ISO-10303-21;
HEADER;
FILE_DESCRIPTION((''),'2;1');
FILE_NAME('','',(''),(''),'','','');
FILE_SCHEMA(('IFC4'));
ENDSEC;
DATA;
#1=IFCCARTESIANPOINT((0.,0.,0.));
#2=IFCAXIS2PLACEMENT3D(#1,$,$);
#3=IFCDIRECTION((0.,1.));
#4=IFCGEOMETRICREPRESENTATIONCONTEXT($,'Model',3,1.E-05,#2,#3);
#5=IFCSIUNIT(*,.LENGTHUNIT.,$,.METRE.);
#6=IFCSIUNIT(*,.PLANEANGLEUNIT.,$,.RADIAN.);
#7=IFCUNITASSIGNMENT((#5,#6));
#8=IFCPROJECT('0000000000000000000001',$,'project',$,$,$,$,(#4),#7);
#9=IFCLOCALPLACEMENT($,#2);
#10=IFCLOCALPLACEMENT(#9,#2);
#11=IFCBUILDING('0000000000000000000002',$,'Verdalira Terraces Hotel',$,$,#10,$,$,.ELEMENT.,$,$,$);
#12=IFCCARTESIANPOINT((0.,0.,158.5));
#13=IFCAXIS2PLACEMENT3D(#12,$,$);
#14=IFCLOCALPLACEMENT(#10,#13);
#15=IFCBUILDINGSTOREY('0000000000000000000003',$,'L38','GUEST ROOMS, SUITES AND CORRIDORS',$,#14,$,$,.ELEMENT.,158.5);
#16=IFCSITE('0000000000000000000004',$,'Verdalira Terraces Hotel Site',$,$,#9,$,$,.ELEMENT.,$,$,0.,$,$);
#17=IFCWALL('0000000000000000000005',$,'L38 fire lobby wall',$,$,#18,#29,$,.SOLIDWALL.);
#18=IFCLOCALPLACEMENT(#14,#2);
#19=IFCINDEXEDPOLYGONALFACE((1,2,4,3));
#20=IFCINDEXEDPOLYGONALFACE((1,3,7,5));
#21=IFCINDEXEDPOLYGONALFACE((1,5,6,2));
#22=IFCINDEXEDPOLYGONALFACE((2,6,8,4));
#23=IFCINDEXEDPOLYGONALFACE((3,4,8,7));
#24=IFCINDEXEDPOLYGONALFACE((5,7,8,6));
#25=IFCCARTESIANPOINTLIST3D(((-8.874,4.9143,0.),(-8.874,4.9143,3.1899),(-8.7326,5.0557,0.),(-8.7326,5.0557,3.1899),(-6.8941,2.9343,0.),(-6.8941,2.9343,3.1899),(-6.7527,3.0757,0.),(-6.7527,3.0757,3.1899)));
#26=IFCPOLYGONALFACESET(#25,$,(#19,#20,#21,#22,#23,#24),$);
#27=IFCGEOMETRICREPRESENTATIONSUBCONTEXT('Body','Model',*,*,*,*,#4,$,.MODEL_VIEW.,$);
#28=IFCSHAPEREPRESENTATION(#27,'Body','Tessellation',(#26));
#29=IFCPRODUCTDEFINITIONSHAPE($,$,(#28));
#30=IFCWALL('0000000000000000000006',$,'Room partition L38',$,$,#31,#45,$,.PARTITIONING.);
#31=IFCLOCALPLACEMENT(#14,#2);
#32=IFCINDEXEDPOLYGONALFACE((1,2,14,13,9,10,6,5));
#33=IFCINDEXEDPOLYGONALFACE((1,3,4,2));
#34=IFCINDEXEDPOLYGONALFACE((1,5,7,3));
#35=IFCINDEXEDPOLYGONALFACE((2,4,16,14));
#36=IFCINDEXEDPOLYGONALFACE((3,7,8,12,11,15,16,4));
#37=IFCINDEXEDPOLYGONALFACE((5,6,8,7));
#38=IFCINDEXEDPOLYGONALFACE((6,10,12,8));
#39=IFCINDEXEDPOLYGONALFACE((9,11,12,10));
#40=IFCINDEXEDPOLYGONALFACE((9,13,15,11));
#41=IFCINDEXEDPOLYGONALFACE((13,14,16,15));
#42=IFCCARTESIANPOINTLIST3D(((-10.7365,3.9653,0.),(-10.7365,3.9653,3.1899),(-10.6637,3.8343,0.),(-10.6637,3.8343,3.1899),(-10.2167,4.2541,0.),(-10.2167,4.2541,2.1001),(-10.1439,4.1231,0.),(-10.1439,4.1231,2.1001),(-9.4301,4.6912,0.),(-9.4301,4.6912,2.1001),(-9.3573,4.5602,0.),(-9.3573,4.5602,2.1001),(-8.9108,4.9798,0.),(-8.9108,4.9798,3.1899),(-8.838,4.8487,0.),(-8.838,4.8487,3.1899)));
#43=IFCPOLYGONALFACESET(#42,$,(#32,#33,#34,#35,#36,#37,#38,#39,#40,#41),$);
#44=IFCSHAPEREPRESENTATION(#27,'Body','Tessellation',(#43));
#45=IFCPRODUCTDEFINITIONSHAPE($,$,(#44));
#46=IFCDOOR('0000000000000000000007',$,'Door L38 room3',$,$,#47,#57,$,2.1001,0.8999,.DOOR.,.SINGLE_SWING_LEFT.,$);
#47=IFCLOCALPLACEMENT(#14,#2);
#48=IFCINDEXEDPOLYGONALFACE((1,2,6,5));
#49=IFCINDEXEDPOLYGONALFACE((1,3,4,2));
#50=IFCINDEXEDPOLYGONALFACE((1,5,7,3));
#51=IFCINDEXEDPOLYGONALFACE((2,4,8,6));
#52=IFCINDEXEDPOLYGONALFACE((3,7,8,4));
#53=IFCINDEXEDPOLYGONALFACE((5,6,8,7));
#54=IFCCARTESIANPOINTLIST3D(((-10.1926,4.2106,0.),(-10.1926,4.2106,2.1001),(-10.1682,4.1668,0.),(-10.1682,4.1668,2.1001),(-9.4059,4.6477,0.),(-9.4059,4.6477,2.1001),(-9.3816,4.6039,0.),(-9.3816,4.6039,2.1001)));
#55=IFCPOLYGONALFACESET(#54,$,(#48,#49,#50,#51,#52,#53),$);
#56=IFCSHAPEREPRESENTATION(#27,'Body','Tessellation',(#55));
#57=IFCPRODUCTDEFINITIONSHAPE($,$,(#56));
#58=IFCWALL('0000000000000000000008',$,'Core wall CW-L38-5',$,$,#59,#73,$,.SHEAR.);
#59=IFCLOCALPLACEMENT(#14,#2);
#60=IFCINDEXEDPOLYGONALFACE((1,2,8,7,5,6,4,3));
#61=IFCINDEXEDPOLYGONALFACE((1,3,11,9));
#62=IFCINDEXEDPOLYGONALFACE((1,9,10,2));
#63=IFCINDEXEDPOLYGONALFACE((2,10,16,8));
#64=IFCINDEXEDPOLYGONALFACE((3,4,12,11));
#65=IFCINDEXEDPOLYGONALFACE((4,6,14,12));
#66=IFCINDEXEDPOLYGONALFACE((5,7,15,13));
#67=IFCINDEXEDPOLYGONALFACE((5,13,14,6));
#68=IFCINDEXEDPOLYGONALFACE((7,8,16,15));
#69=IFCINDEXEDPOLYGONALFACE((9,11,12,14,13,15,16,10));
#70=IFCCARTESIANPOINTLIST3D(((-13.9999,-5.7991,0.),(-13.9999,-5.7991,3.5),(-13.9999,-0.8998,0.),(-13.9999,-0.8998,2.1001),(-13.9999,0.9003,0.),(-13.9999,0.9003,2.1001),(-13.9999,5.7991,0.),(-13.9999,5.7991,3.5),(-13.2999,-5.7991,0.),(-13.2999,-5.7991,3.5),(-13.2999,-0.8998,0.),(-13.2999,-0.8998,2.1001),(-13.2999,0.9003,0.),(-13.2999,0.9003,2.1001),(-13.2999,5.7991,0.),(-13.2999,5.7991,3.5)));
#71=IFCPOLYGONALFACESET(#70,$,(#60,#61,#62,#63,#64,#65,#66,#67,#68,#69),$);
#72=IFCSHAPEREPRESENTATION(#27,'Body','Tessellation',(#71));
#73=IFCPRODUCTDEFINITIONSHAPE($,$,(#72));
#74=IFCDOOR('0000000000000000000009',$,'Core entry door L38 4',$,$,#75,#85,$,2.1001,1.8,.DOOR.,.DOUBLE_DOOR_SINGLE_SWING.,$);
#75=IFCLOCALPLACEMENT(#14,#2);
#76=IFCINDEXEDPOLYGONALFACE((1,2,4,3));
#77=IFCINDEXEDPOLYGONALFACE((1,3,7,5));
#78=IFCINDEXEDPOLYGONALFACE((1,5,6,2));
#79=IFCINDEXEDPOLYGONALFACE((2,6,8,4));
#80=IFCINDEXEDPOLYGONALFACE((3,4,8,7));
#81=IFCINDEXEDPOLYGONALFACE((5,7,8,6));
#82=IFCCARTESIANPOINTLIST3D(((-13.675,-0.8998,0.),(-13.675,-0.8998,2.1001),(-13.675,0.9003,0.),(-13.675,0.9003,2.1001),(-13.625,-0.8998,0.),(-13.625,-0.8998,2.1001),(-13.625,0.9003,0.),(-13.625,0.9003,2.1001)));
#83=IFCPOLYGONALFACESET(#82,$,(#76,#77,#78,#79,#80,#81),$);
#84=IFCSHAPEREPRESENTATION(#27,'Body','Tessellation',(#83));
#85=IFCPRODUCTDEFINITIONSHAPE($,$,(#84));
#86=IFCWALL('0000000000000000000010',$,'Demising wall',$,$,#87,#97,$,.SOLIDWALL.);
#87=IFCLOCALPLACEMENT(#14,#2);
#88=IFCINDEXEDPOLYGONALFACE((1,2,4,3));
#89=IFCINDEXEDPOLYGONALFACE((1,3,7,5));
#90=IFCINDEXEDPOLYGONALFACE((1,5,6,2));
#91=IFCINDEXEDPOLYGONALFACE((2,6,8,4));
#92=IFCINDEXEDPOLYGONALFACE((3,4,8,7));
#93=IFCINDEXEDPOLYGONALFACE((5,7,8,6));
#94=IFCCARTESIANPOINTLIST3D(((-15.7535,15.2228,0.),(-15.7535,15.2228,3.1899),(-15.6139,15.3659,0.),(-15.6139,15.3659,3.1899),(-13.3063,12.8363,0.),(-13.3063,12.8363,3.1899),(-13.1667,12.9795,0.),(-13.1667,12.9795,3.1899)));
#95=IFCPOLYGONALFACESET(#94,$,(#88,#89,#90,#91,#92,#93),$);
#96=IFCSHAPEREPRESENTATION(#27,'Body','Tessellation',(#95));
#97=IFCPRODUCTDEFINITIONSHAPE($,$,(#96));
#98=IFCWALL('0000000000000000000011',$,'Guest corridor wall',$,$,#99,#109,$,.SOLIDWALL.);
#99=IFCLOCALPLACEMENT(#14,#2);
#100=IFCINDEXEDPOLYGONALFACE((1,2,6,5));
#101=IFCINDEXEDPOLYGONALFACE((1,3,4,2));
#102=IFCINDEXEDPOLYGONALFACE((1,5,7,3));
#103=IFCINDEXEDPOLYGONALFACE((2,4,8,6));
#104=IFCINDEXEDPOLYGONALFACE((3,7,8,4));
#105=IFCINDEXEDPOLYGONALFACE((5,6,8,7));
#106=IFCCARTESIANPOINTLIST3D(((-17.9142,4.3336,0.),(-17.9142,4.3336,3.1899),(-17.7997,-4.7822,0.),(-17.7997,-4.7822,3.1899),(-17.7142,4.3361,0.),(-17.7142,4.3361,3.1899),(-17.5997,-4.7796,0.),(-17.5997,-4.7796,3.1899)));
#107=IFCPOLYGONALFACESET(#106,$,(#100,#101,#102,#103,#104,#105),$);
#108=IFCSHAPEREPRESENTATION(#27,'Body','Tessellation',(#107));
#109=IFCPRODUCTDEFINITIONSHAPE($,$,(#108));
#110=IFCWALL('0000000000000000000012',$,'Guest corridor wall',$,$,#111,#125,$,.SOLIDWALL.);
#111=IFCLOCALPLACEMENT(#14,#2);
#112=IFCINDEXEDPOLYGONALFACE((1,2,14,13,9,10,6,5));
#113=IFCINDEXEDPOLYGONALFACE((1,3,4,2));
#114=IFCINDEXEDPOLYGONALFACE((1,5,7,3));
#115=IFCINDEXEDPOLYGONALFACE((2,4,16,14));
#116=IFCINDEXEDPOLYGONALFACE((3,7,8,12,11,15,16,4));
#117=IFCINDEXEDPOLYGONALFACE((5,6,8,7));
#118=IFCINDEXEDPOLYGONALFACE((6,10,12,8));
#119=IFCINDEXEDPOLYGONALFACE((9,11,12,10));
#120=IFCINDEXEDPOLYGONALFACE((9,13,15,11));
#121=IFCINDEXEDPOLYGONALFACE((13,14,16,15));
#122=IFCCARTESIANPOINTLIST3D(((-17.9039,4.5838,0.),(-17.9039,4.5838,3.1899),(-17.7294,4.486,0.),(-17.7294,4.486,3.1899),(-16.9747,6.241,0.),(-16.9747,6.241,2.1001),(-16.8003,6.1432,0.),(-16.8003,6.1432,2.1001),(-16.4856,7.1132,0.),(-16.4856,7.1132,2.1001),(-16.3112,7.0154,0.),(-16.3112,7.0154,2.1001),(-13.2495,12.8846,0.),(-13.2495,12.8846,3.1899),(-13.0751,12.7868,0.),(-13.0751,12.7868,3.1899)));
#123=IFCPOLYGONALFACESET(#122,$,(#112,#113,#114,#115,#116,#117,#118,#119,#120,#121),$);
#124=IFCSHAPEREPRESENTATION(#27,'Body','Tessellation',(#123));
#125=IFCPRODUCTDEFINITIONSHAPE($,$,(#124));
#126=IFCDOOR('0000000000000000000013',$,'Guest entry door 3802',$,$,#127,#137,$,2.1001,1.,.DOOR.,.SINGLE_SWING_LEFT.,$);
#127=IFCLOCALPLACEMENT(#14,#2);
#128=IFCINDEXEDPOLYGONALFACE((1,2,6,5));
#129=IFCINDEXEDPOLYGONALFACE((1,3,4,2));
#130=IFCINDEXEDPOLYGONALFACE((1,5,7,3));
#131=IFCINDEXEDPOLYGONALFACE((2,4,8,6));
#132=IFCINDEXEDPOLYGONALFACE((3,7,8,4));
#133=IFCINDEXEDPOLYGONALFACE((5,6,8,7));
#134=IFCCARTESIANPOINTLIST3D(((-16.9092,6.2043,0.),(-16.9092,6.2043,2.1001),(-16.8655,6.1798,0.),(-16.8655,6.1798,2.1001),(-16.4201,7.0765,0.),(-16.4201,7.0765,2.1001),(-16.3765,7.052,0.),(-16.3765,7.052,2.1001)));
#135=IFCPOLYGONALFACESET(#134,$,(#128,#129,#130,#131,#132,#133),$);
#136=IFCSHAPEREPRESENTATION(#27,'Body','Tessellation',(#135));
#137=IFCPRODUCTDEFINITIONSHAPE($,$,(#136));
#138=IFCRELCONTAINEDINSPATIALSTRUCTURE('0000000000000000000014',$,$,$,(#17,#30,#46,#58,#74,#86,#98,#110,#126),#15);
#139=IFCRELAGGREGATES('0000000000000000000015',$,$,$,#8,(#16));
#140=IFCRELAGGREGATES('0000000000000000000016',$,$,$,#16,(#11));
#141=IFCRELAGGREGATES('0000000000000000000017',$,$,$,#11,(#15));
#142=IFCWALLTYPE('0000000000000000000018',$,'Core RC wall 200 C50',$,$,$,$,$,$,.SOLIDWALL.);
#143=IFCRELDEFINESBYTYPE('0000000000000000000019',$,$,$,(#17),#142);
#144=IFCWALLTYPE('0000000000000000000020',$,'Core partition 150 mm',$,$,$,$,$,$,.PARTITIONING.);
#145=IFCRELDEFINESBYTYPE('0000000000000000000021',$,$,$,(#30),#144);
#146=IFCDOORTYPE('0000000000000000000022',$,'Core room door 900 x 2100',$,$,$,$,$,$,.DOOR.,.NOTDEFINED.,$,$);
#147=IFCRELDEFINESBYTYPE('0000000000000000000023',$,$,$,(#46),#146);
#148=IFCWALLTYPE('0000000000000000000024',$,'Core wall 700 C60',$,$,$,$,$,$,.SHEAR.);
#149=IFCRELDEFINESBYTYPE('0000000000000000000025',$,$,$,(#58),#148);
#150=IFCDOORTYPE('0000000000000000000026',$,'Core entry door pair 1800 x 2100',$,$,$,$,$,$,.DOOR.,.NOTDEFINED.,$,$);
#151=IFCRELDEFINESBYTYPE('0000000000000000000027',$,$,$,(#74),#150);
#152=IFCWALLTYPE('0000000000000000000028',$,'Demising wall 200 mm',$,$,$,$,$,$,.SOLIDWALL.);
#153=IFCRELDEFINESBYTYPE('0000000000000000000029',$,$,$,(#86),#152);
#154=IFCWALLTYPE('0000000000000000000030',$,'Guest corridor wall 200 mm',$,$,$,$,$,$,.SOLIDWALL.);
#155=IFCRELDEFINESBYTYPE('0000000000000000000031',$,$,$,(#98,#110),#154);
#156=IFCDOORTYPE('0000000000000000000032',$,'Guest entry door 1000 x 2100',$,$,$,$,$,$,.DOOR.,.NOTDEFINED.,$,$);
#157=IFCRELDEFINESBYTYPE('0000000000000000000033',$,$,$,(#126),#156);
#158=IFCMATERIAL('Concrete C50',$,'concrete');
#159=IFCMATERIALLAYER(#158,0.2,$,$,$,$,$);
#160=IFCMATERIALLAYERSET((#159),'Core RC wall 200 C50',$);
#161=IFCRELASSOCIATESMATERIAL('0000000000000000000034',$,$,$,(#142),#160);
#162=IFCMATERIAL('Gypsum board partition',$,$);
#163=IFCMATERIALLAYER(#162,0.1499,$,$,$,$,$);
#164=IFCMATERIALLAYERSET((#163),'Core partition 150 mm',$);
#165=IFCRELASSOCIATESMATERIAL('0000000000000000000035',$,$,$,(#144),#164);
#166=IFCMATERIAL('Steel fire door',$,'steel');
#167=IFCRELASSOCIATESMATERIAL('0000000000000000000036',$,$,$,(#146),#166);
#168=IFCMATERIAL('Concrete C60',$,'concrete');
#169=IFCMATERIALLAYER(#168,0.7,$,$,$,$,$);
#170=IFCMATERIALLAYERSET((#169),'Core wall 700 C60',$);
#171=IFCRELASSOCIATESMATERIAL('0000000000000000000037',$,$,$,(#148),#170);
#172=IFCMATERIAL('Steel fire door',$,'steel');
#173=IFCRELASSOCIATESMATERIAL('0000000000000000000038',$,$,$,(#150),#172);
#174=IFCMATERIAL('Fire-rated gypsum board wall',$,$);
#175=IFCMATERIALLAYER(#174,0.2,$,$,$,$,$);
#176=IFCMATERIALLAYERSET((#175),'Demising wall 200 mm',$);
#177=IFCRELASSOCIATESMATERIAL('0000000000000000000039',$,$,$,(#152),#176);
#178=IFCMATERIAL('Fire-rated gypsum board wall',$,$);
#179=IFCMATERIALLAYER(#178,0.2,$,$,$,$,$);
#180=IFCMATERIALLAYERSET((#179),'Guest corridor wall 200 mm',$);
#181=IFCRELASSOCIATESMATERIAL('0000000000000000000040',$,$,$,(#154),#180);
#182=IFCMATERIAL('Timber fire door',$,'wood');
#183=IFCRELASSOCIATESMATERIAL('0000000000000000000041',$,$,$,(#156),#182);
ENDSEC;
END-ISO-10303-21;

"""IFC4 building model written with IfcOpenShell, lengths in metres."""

from ifc_helpers import new_model, si_unit, direction, frame, frame_2d, origin, place, context, subcontext, project, spatial, rectangle, extrude, material, layer, layer_set, type_object, element, fill, save


model = new_model("IFC4")

# Units and contexts
model_context = context("Model", 3, precision=1e-05, world=origin(), true_north=direction((0.0, 1.0)))
body_context = subcontext(model_context, "Body", "Model", "MODEL_VIEW")
ifc_project = project(units=[si_unit("LENGTHUNIT", "METRE"), si_unit("PLANEANGLEUNIT", "RADIAN")], contexts=[model_context])

# Site, building, storey
site_placement = place(None, origin())
site = spatial("IfcSite", under=ifc_project, at=site_placement, Name="Verdalira Terraces Hotel Site", CompositionType="ELEMENT", RefElevation=0.0)
building_placement = place(site_placement, origin())
building = spatial("IfcBuilding", under=site, at=building_placement, Name="Verdalira Terraces Hotel", CompositionType="ELEMENT")
storey_placement = place(building_placement, frame((0.0, 0.0, 158.5)))
storey = spatial("IfcBuildingStorey", under=building, at=storey_placement, Name="L38", Description="GUEST ROOMS, SUITES AND CORRIDORS", CompositionType="ELEMENT", Elevation=158.5)

# Shared definitions
ifc_material_1 = material(Name="Concrete C50", Category="concrete")
ifc_layer_1 = layer(ifc_material_1, 0.2)
ifc_layer_set_1 = layer_set([ifc_layer_1], Name="Core RC wall 200 C50")
wall_type_1 = type_object("IfcWallType", Name="Core RC wall 200 C50", PredefinedType="SOLIDWALL", material=ifc_layer_set_1)

# Wall
for number, where, z_axis, x_axis, name in (
    (1, (-6.8235, 3.0051, 0.0), (0.0, 0.0, 1.0), (-0.707107, 0.707107, 0.0), "L38 fire lobby wall"),
):
    element("IfcWall", number, at=place(storey_placement, frame(where, z_axis=z_axis, x_axis=x_axis)), inside=storey, type_object=wall_type_1, Name=name, PredefinedType="SOLIDWALL", context=body_context, shape_type="SweptSolid", body=[
        extrude(rectangle(XDim=2.8, YDim=0.2, at=frame_2d((1.3999, 0.0))), origin(), (0.0, 0.0, 1.0), 3.1899),
    ])

# Walls, openings, doors
ifc_material_2 = material(Name="Gypsum board partition")
ifc_layer_2 = layer(ifc_material_2, 0.1499)
ifc_layer_set_2 = layer_set([ifc_layer_2], Name="Core partition 150 mm")
wall_type_2 = type_object("IfcWallType", Name="Core partition 150 mm", PredefinedType="PARTITIONING", material=ifc_layer_set_2)
wall_1_placement = place(storey_placement, frame((-8.8743, 4.9143, 0.0), z_axis=(0.0, 0.0, 1.0), x_axis=(-0.87413, -0.485693, 0.0)))
wall_1 = element("IfcWall", 2, at=wall_1_placement, inside=storey, type_object=wall_type_2, Name="Room partition L38", PredefinedType="PARTITIONING", context=body_context, shape_type="SweptSolid", body=[
    extrude(rectangle(XDim=2.0886, YDim=0.1499, at=frame_2d((1.0444, 0.0))), origin(), (0.0, 0.0, 1.0), 3.1899),
])
opening_1_placement = place(wall_1_placement, frame((0.5942, 0.0, 0.0)))
opening_1 = element("IfcOpeningElement", 3, at=opening_1_placement, cuts=wall_1, PredefinedType="OPENING", context=body_context, shape_type="SweptSolid", body=[
    extrude(rectangle(XDim=0.8999, YDim=2.1001, at=frame_2d((0.45, 1.05))), frame((0.0, 0.085, 0.0), z_axis=(0.0, -1.0, 0.0), x_axis=(1.0, 0.0, 0.0)), (0.0, 0.0, 1.0), 0.1699),
])
ifc_material_3 = material(Name="Steel fire door", Category="steel")
door_type_1 = type_object("IfcDoorType", Name="Core room door 900 x 2100", OperationType="NOTDEFINED", PredefinedType="DOOR", material=ifc_material_3)
door_1_placement = place(opening_1_placement, origin())
door_1 = element("IfcDoor", 4, at=door_1_placement, inside=storey, type_object=door_type_1, Name="Door L38 room3", OperationType="SINGLE_SWING_LEFT", OverallHeight=2.1001, OverallWidth=0.8999, PredefinedType="DOOR", context=body_context, shape_type="SweptSolid", body=[
    extrude(rectangle(XDim=0.8999, YDim=2.1001, at=frame_2d((0.45, 1.05))), frame((0.0, 0.0249, 0.0), z_axis=(0.0, -1.0, 0.0), x_axis=(1.0, 0.0, 0.0)), (0.0, 0.0, 1.0), 0.05),
])
fill(opening_1, door_1)
ifc_material_4 = material(Name="Concrete C60", Category="concrete")
ifc_layer_3 = layer(ifc_material_4, 0.7)
ifc_layer_set_3 = layer_set([ifc_layer_3], Name="Core wall 700 C60")
wall_type_3 = type_object("IfcWallType", Name="Core wall 700 C60", PredefinedType="SHEAR", material=ifc_layer_set_3)
wall_2_placement = place(storey_placement, frame((-13.6499, 5.7991, 0.0), z_axis=(0.0, 0.0, 1.0), x_axis=(0.0, -1.0, 0.0)))
wall_2 = element("IfcWall", 5, at=wall_2_placement, inside=storey, type_object=wall_type_3, Name="Core wall CW-L38-5", PredefinedType="SHEAR", context=body_context, shape_type="SweptSolid", body=[
    extrude(rectangle(XDim=11.5981, YDim=0.7, at=frame_2d((5.7991, 0.0))), origin(), (0.0, 0.0, 1.0), 3.5),
])
opening_2_placement = place(wall_2_placement, frame((4.8989, 0.0, 0.0)))
opening_2 = element("IfcOpeningElement", 6, at=opening_2_placement, cuts=wall_2, PredefinedType="OPENING", context=body_context, shape_type="SweptSolid", body=[
    extrude(rectangle(XDim=1.8, YDim=2.1001, at=frame_2d((0.8999, 1.05))), frame((0.0, 0.3599, 0.0), z_axis=(0.0, -1.0, 0.0), x_axis=(1.0, 0.0, 0.0)), (0.0, 0.0, 1.0), 0.72),
])
ifc_material_5 = material(Name="Steel fire door", Category="steel")
door_type_2 = type_object("IfcDoorType", Name="Core entry door pair 1800 x 2100", OperationType="NOTDEFINED", PredefinedType="DOOR", material=ifc_material_5)
door_2_placement = place(opening_2_placement, origin())
door_2 = element("IfcDoor", 7, at=door_2_placement, inside=storey, type_object=door_type_2, Name="Core entry door L38 4", OperationType="DOUBLE_DOOR_SINGLE_SWING", OverallHeight=2.1001, OverallWidth=1.8, PredefinedType="DOOR", context=body_context, shape_type="SweptSolid", body=[
    extrude(rectangle(XDim=1.8, YDim=2.1001, at=frame_2d((0.8999, 1.05))), frame((0.0, 0.0249, 0.0), z_axis=(0.0, -1.0, 0.0), x_axis=(1.0, 0.0, 0.0)), (0.0, 0.0, 1.0), 0.05),
])
fill(opening_2, door_2)

# Walls
ifc_material_6 = material(Name="Fire-rated gypsum board wall")
ifc_layer_4 = layer(ifc_material_6, 0.2)
ifc_layer_set_4 = layer_set([ifc_layer_4], Name="Demising wall 200 mm")
wall_type_4 = type_object("IfcWallType", Name="Demising wall 200 mm", PredefinedType="SOLIDWALL", material=ifc_layer_set_4)
wall_3_placement = place(storey_placement, frame((-13.2366, 12.908, 0.0), z_axis=(0.0, 0.0, 1.0), x_axis=(-0.715943, 0.698159, 0.0)))
element("IfcWall", 8, at=wall_3_placement, inside=storey, type_object=wall_type_4, Name="Demising wall", PredefinedType="SOLIDWALL", context=body_context, shape_type="SweptSolid", body=[
    extrude(rectangle(XDim=3.4182, YDim=0.2, at=frame_2d((1.709, 0.0))), origin(), (0.0, 0.0, 1.0), 3.1899),
])
ifc_material_7 = material(Name="Fire-rated gypsum board wall")
ifc_layer_5 = layer(ifc_material_7, 0.2)
ifc_layer_set_5 = layer_set([ifc_layer_5], Name="Guest corridor wall 200 mm")
wall_type_5 = type_object("IfcWallType", Name="Guest corridor wall 200 mm", PredefinedType="SOLIDWALL", material=ifc_layer_set_5)
wall_4_placement = place(storey_placement, frame((-17.8142, 4.3347, 0.0), z_axis=(0.0, 0.0, 1.0), x_axis=(0.01256, -0.999921, 0.0)))
element("IfcWall", 9, at=wall_4_placement, inside=storey, type_object=wall_type_5, Name="Guest corridor wall", PredefinedType="SOLIDWALL", context=body_context, shape_type="SweptSolid", body=[
    extrude(rectangle(XDim=9.1165, YDim=0.2, at=frame_2d((4.5581, 0.0))), origin(), (0.0, 0.0, 1.0), 3.1899),
])

# Wall, opening, door
wall_5_placement = place(storey_placement, frame((-17.8166, 4.5349, 0.0), z_axis=(0.0, 0.0, 1.0), x_axis=(0.489072, 0.872243, 0.0)))
wall_5 = element("IfcWall", 10, at=wall_5_placement, inside=storey, type_object=wall_type_5, Name="Guest corridor wall", PredefinedType="SOLIDWALL", context=body_context, shape_type="SweptSolid", body=[
    extrude(rectangle(XDim=9.5166, YDim=0.2, at=frame_2d((4.7583, 0.0))), origin(), (0.0, 0.0, 1.0), 3.1899),
])
opening_3_placement = place(wall_5_placement, frame((1.8999, 0.0, 0.0)))
opening_3 = element("IfcOpeningElement", 11, at=opening_3_placement, cuts=wall_5, PredefinedType="OPENING", context=body_context, shape_type="SweptSolid", body=[
    extrude(rectangle(XDim=1.0, YDim=2.1001, at=frame_2d((0.5, 1.05))), frame((0.0, 0.1099, 0.0), z_axis=(0.0, -1.0, 0.0), x_axis=(1.0, 0.0, 0.0)), (0.0, 0.0, 1.0), 0.22),
])
ifc_material_8 = material(Name="Timber fire door", Category="wood")
door_type_3 = type_object("IfcDoorType", Name="Guest entry door 1000 x 2100", OperationType="NOTDEFINED", PredefinedType="DOOR", material=ifc_material_8)
door_3_placement = place(opening_3_placement, origin())
door_3 = element("IfcDoor", 12, at=door_3_placement, inside=storey, type_object=door_type_3, Name="Guest entry door 3802", OperationType="SINGLE_SWING_LEFT", OverallHeight=2.1001, OverallWidth=1.0, PredefinedType="DOOR", context=body_context, shape_type="SweptSolid", body=[
    extrude(rectangle(XDim=1.0, YDim=2.1001, at=frame_2d((0.5, 1.05))), frame((0.0, 0.0249, 0.0), z_axis=(0.0, -1.0, 0.0), x_axis=(1.0, 0.0, 0.0)), (0.0, 0.0, 1.0), 0.05),
])
fill(opening_3, door_3)

save(model, "model.ifc")
